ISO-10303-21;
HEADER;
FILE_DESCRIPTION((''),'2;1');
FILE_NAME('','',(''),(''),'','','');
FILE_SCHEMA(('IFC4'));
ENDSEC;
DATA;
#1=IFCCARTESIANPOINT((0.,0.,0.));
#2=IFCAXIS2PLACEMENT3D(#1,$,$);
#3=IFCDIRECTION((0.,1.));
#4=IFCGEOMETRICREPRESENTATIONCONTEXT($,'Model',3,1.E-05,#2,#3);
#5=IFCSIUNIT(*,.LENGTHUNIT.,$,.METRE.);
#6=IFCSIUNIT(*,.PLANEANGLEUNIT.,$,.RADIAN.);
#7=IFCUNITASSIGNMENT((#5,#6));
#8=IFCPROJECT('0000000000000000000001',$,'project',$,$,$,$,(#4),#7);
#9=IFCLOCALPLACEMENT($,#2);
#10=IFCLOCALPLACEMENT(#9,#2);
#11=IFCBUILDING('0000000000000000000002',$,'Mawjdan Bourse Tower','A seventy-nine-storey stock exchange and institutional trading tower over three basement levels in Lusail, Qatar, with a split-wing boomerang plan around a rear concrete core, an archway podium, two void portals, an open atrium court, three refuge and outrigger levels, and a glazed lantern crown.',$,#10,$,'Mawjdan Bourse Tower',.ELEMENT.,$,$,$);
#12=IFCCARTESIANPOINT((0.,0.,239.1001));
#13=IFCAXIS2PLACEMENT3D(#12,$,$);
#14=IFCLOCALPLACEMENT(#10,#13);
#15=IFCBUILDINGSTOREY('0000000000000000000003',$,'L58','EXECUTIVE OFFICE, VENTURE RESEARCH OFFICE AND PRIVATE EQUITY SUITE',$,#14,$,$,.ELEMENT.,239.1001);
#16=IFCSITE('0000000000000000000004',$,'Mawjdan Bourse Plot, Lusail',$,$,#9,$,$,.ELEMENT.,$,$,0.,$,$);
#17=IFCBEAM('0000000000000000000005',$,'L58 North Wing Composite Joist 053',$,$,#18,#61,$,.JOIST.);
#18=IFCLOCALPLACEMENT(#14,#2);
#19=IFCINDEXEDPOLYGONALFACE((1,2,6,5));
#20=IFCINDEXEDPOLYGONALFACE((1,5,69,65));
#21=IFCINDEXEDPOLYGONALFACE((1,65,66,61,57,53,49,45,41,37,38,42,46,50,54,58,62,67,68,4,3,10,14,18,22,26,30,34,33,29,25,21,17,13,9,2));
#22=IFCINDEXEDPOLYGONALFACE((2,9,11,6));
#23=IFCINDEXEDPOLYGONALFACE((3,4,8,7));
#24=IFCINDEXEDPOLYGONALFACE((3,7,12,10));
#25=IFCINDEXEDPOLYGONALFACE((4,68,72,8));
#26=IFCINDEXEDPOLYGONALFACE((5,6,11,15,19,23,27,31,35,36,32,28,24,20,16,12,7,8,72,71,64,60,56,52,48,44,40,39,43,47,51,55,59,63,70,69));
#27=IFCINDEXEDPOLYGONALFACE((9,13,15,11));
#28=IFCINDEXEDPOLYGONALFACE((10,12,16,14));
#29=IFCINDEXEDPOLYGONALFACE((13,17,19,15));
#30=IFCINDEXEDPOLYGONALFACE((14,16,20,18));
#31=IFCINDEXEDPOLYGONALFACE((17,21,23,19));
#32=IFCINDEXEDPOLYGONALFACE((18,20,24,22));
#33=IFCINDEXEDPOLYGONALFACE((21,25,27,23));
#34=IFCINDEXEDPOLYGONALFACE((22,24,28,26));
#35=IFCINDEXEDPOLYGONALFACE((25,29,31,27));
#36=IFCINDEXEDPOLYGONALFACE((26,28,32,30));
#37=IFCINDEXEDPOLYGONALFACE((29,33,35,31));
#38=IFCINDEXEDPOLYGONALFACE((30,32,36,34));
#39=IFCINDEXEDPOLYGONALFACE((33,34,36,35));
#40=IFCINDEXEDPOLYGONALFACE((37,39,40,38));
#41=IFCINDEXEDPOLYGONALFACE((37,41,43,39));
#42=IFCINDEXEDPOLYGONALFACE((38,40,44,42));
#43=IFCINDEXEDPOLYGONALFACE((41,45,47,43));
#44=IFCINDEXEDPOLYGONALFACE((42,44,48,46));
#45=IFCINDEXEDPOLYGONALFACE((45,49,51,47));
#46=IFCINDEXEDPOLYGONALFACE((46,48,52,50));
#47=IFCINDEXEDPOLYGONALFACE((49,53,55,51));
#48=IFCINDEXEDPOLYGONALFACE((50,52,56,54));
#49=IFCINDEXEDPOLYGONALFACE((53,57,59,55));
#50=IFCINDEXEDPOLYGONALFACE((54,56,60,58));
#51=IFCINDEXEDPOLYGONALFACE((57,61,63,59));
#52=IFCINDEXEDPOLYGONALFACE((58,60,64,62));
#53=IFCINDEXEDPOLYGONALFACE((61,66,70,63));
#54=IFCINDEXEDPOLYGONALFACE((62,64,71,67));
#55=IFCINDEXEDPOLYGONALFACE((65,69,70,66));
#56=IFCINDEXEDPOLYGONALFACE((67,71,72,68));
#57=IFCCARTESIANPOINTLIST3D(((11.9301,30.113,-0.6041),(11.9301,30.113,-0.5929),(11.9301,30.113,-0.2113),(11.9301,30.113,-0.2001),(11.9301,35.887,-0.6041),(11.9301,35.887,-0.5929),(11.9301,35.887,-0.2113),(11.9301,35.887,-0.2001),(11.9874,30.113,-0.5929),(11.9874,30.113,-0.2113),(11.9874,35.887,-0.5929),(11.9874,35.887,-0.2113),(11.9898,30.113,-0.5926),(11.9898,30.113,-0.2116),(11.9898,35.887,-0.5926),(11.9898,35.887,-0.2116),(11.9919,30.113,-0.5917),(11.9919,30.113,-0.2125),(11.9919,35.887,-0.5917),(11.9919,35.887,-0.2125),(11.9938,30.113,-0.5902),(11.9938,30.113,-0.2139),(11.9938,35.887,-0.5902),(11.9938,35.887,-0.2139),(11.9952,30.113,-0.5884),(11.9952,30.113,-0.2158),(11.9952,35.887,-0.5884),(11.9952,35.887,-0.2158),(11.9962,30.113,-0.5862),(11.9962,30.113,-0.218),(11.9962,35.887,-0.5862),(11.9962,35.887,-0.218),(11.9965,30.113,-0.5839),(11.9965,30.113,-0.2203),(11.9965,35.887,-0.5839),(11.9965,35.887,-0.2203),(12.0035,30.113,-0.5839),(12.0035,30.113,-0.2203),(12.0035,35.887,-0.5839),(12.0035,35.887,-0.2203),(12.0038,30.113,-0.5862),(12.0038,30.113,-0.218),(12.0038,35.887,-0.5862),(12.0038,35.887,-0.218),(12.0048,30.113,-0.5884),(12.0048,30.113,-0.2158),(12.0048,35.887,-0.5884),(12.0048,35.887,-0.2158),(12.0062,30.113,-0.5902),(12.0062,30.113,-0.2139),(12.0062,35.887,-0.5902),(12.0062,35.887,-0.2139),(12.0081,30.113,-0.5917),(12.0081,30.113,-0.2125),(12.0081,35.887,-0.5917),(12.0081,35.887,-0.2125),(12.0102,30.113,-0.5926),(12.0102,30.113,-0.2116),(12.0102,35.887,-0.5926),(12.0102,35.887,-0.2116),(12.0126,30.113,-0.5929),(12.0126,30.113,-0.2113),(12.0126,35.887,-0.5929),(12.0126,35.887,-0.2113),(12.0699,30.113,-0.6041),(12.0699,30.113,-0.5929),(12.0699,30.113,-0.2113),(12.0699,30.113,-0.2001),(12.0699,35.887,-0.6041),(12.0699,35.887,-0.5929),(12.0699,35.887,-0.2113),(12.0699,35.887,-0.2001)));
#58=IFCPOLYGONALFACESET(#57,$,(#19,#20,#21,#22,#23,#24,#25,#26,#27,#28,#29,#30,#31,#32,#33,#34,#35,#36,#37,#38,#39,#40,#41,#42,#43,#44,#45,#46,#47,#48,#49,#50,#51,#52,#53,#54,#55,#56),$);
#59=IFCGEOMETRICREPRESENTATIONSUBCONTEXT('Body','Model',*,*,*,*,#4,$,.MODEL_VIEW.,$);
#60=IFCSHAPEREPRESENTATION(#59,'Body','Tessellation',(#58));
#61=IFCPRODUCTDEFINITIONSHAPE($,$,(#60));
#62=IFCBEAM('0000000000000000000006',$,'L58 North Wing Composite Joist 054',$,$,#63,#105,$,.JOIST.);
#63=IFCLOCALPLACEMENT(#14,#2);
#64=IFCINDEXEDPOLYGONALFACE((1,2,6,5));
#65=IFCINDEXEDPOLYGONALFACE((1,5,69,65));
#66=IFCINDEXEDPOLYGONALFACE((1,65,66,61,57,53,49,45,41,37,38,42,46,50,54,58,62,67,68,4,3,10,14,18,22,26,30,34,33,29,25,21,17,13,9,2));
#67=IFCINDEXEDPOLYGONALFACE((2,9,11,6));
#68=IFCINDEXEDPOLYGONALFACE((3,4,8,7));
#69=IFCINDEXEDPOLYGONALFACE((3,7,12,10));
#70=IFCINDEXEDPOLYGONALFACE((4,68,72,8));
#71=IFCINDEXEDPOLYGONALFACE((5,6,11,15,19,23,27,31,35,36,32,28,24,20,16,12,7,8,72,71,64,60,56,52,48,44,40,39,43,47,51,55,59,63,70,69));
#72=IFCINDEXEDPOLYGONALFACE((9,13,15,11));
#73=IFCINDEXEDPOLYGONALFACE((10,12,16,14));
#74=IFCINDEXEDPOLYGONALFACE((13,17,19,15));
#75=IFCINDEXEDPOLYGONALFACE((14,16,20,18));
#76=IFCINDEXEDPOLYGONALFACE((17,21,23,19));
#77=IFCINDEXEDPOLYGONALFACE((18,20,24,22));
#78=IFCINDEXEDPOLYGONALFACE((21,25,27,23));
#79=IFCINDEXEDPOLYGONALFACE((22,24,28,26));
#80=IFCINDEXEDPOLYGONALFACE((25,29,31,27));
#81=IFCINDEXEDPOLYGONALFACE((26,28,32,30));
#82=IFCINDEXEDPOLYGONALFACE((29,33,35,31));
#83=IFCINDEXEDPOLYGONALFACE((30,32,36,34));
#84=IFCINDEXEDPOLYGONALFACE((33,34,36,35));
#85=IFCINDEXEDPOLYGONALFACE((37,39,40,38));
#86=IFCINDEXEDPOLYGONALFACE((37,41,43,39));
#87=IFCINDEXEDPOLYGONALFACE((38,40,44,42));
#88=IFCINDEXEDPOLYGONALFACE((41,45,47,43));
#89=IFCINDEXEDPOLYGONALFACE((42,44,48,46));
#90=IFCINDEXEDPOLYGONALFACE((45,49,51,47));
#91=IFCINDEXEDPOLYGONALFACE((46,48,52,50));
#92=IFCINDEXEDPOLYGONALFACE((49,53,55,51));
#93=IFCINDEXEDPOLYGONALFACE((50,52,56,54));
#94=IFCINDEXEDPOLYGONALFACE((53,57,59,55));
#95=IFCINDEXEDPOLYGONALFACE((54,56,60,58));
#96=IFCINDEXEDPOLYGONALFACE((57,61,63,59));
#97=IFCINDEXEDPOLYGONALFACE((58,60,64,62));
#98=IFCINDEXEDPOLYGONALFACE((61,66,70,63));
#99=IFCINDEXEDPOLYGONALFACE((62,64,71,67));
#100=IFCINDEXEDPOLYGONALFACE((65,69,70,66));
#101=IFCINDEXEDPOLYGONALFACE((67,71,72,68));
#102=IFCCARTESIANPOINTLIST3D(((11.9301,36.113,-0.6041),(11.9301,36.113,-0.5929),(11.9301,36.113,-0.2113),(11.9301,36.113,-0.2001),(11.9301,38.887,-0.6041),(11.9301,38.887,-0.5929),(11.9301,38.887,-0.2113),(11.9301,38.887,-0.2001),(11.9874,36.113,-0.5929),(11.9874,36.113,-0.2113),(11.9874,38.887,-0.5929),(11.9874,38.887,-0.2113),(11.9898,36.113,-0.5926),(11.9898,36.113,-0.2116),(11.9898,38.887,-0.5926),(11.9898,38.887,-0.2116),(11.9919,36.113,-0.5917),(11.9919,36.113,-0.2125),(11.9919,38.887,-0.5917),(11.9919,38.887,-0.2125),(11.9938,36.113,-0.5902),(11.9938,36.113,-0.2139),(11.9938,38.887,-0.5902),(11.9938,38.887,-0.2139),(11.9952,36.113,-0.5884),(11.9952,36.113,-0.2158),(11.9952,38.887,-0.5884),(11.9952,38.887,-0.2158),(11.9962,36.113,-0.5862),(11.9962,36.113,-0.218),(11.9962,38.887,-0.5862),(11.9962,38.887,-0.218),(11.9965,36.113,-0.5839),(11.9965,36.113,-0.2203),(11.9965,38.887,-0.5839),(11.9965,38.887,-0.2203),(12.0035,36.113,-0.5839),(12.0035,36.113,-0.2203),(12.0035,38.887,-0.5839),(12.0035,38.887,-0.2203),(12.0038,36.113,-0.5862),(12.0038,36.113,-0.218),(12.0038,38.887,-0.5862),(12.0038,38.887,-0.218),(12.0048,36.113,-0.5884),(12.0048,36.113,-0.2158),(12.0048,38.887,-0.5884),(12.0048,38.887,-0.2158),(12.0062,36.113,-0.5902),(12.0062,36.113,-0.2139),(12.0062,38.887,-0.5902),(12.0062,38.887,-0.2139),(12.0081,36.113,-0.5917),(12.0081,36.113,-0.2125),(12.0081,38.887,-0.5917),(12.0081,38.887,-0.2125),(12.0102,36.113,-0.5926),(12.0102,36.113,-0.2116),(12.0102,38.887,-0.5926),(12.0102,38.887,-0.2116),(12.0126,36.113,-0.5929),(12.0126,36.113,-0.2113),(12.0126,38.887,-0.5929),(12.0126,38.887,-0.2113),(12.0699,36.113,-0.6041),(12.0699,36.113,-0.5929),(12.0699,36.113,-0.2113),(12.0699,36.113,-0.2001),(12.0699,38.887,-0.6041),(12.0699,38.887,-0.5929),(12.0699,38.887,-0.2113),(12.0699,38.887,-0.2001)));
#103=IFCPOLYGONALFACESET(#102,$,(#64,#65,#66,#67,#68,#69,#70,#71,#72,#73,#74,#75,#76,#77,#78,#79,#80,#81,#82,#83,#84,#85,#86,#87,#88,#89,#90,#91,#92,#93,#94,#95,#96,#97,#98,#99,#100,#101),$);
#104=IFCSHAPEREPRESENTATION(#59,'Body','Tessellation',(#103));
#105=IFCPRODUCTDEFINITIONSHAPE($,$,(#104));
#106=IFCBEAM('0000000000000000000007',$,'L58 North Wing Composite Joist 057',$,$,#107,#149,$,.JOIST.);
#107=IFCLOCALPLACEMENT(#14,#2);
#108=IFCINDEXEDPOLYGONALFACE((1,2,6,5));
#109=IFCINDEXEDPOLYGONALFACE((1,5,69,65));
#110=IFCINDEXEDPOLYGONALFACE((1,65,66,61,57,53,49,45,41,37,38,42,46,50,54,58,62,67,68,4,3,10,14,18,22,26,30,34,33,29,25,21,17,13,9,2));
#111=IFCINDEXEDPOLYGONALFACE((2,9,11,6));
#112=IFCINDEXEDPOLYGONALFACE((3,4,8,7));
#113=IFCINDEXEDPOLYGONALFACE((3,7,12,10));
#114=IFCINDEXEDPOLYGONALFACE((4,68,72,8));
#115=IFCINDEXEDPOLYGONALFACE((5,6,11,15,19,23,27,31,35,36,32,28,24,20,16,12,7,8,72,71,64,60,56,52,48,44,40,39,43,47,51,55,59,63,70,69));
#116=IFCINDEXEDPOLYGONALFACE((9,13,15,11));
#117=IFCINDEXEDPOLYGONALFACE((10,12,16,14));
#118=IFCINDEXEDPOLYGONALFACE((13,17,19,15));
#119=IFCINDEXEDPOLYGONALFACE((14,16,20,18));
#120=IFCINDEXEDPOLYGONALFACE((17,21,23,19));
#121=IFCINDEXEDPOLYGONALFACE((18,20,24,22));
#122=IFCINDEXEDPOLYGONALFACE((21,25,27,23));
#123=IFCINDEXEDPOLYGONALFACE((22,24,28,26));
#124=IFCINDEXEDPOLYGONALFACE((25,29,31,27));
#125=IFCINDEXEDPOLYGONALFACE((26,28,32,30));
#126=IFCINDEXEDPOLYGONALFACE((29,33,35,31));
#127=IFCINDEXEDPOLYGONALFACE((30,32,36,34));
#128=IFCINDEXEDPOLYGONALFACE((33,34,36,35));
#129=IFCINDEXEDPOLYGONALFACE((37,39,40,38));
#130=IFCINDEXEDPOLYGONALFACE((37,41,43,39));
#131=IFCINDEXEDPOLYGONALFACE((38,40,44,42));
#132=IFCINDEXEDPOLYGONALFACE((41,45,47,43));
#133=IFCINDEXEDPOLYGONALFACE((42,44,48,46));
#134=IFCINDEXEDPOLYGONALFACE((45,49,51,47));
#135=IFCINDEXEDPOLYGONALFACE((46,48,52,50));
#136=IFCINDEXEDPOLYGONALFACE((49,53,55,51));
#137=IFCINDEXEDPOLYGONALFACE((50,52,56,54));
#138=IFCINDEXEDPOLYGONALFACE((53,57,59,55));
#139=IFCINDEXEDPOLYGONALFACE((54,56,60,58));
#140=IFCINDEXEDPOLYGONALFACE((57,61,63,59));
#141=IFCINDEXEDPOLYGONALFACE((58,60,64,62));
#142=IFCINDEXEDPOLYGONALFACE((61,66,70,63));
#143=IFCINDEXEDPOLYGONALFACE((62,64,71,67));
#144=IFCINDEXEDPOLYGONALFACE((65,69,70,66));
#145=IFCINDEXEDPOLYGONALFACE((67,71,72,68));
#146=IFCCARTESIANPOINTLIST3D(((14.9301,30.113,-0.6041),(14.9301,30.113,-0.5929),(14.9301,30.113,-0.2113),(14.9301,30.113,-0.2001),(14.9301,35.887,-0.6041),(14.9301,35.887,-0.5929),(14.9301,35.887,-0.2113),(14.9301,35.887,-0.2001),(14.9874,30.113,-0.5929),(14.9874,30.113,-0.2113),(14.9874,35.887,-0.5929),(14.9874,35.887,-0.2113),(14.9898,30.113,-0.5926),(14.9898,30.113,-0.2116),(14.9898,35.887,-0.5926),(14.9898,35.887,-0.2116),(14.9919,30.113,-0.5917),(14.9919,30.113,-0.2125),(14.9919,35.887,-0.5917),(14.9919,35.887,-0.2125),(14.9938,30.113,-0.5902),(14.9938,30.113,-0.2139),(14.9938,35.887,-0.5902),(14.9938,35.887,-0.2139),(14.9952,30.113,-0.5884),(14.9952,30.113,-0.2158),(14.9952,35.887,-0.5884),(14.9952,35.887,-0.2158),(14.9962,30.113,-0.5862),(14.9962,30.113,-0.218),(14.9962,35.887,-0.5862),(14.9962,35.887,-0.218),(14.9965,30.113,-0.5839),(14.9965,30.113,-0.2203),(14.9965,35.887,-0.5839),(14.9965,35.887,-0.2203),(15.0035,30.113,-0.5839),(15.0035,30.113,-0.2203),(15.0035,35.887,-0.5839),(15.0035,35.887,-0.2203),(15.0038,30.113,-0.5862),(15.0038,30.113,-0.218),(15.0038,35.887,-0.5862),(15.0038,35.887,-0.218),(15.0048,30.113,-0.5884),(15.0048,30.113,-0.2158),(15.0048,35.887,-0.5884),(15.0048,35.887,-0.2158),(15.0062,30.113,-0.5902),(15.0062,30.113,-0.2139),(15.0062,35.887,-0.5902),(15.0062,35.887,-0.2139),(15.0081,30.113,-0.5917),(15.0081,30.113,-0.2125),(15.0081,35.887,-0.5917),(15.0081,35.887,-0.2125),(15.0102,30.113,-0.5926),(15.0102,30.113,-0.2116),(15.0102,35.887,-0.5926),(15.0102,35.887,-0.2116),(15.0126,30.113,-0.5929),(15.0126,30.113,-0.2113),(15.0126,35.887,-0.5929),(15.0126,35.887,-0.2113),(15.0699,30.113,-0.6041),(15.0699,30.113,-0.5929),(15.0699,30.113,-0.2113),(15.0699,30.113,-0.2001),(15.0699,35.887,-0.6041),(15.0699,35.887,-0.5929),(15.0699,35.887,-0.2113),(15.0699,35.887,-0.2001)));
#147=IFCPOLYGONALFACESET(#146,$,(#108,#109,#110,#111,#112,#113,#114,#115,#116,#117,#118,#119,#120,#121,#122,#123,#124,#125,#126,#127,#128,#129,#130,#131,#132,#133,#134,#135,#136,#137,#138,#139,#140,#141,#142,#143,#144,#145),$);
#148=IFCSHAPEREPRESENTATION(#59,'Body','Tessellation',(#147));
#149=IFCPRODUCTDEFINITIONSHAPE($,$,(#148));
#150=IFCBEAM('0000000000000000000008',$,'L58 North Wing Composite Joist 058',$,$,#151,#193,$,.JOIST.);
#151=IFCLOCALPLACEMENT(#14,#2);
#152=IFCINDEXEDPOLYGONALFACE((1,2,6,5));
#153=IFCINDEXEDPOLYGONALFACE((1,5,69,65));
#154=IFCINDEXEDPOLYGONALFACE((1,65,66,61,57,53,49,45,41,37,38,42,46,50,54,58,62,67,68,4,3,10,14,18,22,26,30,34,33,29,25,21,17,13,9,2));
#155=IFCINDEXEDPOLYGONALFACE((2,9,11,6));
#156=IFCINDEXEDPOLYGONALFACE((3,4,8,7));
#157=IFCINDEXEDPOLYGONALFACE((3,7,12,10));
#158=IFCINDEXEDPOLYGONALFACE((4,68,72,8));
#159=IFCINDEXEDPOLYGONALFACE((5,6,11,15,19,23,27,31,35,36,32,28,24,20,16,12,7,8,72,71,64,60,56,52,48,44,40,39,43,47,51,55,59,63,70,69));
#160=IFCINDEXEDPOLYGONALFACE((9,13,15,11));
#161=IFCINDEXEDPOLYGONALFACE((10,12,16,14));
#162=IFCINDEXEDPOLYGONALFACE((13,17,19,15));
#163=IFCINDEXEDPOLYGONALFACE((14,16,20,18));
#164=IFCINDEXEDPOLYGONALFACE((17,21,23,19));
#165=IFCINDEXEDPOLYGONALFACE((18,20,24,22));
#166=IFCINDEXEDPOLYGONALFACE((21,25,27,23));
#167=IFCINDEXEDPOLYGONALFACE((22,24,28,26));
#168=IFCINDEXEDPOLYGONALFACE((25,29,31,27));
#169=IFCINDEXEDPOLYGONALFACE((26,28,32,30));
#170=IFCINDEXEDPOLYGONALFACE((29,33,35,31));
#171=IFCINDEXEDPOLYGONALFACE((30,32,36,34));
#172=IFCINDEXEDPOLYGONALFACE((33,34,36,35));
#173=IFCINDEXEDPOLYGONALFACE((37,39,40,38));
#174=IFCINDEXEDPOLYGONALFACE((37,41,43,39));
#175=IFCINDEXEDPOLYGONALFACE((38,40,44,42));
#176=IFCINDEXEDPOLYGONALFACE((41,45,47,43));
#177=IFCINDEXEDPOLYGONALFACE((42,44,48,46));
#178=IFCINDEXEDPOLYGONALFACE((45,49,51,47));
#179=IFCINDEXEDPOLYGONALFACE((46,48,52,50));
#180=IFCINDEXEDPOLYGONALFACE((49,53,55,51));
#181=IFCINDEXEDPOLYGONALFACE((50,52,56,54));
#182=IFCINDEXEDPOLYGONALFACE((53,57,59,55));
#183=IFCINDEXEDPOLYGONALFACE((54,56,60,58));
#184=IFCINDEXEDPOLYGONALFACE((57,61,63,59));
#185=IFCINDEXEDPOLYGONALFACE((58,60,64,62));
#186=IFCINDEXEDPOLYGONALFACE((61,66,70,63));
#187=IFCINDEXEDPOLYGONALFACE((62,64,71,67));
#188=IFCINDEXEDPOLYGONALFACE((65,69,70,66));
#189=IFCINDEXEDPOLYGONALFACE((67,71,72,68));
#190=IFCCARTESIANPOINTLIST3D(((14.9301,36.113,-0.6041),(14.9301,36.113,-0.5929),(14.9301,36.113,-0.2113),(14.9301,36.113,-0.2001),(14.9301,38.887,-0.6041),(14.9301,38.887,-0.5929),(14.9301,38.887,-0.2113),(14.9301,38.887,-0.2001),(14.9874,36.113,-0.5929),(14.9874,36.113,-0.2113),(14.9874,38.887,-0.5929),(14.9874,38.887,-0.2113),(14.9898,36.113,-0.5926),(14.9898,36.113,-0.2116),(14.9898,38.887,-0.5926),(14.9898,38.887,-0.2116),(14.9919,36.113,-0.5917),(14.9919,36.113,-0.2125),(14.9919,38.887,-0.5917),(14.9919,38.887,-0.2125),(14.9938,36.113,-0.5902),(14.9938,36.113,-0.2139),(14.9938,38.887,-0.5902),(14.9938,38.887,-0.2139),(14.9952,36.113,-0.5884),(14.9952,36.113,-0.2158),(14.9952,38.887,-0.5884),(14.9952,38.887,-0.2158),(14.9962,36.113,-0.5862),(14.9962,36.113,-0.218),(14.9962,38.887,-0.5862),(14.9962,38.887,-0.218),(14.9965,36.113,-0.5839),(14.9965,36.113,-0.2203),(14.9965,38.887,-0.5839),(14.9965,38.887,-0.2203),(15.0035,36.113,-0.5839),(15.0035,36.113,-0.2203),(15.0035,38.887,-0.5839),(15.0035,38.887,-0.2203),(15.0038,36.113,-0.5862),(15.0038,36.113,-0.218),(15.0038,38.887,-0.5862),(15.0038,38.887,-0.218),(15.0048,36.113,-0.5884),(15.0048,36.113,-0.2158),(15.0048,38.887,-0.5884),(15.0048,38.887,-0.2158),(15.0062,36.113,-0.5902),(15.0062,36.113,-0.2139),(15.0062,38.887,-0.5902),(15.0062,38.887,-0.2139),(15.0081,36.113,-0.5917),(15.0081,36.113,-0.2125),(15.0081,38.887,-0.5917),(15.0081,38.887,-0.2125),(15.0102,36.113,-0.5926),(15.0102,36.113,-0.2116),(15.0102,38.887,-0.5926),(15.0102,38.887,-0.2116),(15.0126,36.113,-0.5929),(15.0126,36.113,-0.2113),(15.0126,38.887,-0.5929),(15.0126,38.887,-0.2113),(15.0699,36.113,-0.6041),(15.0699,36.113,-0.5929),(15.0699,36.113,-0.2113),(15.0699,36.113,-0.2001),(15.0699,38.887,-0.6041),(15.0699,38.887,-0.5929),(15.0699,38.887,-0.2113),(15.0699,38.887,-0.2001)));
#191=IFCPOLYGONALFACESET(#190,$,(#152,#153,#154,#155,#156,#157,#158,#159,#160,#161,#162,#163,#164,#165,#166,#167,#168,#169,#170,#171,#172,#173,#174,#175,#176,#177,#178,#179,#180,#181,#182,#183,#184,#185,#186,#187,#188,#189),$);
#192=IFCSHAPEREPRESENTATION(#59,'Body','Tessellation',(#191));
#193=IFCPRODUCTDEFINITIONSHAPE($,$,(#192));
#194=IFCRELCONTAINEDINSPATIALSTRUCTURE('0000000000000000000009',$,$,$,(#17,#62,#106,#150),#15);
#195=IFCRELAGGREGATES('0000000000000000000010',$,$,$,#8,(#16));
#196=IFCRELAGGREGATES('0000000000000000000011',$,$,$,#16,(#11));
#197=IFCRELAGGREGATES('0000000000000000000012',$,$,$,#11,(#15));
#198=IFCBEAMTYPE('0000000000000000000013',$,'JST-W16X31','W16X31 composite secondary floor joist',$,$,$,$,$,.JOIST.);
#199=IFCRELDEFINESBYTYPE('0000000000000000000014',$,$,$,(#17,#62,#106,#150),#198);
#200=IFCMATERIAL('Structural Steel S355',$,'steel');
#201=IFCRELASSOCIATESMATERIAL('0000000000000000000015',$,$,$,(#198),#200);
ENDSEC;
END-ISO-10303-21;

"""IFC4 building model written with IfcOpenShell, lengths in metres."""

from ifc_helpers import new_model, si_unit, direction, frame, origin, origin_2d, place, context, subcontext, project, spatial, i_section, extrude, material, material_profile, profile_set, type_object, element, save


model = new_model("IFC4")

# Units and contexts
model_context = context("Model", 3, precision=1e-05, world=origin(), true_north=direction((0.0, 1.0)))
body_context = subcontext(model_context, "Body", "Model", "MODEL_VIEW")
ifc_project = project(units=[si_unit("LENGTHUNIT", "METRE"), si_unit("PLANEANGLEUNIT", "RADIAN")], contexts=[model_context])

# Site, building, storey
site_placement = place(None, origin())
site = spatial("IfcSite", under=ifc_project, at=site_placement, Name="Mawjdan Bourse Plot, Lusail", CompositionType="ELEMENT", RefElevation=0.0)
building_placement = place(site_placement, origin())
building = spatial("IfcBuilding", under=site, at=building_placement, Name="Mawjdan Bourse Tower", Description="A seventy-nine-storey stock exchange and institutional trading tower over three basement levels in Lusail, Qatar, with a split-wing boomerang plan around a rear concrete core, an archway podium, two void portals, an open atrium court, three refuge and outrigger levels, and a glazed lantern crown.", LongName="Mawjdan Bourse Tower", CompositionType="ELEMENT")
storey_placement = place(building_placement, frame((0.0, 0.0, 239.1001)))
storey = spatial("IfcBuildingStorey", under=building, at=storey_placement, Name="L58", Description="EXECUTIVE OFFICE, VENTURE RESEARCH OFFICE AND PRIVATE EQUITY SUITE", CompositionType="ELEMENT", Elevation=239.1001)

# Beams
ifc_material_1 = material(Name="Structural Steel S355", Category="steel")
ifc_material_profile_1 = material_profile(ifc_material_1, i_section(OverallWidth=0.1399, OverallDepth=0.4041, WebThickness=0.0071, FlangeThickness=0.0112, FilletRadius=0.009, at=origin_2d()), Name="W16X31")
ifc_profile_set_1 = profile_set([ifc_material_profile_1], Name="Structural Steel S355")
beam_type_1 = type_object("IfcBeamType", Name="JST-W16X31", Description="W16X31 composite secondary floor joist", PredefinedType="JOIST", material=ifc_profile_set_1)
beam_1_placement = place(storey_placement, frame((12.0, 30.113, -0.4021), z_axis=(0.0, 1.0, 0.0), x_axis=(-1.0, 0.0, 0.0)))
element("IfcBeam", 1, at=beam_1_placement, inside=storey, type_object=beam_type_1, Name="L58 North Wing Composite Joist 053", PredefinedType="JOIST", context=body_context, shape_type="SweptSolid", body=[
    extrude(i_section(OverallWidth=0.1399, OverallDepth=0.4041, WebThickness=0.0071, FlangeThickness=0.0112, FilletRadius=0.009, at=origin_2d()), origin(), (0.0, 0.0, 1.0), 5.7739),
])
beam_2_placement = place(storey_placement, frame((12.0, 36.113, -0.4021), z_axis=(0.0, 1.0, 0.0), x_axis=(-1.0, 0.0, 0.0)))
element("IfcBeam", 2, at=beam_2_placement, inside=storey, type_object=beam_type_1, Name="L58 North Wing Composite Joist 054", PredefinedType="JOIST", context=body_context, shape_type="SweptSolid", body=[
    extrude(i_section(OverallWidth=0.1399, OverallDepth=0.4041, WebThickness=0.0071, FlangeThickness=0.0112, FilletRadius=0.009, at=origin_2d()), origin(), (0.0, 0.0, 1.0), 2.7739),
])
beam_3_placement = place(storey_placement, frame((15.0, 30.113, -0.4021), z_axis=(0.0, 1.0, 0.0), x_axis=(-1.0, 0.0, 0.0)))
element("IfcBeam", 3, at=beam_3_placement, inside=storey, type_object=beam_type_1, Name="L58 North Wing Composite Joist 057", PredefinedType="JOIST", context=body_context, shape_type="SweptSolid", body=[
    extrude(i_section(OverallWidth=0.1399, OverallDepth=0.4041, WebThickness=0.0071, FlangeThickness=0.0112, FilletRadius=0.009, at=origin_2d()), origin(), (0.0, 0.0, 1.0), 5.7739),
])
beam_4_placement = place(storey_placement, frame((15.0, 36.113, -0.4021), z_axis=(0.0, 1.0, 0.0), x_axis=(-1.0, 0.0, 0.0)))
element("IfcBeam", 4, at=beam_4_placement, inside=storey, type_object=beam_type_1, Name="L58 North Wing Composite Joist 058", PredefinedType="JOIST", context=body_context, shape_type="SweptSolid", body=[
    extrude(i_section(OverallWidth=0.1399, OverallDepth=0.4041, WebThickness=0.0071, FlangeThickness=0.0112, FilletRadius=0.009, at=origin_2d()), origin(), (0.0, 0.0, 1.0), 2.7739),
])

save(model, "model.ifc")
